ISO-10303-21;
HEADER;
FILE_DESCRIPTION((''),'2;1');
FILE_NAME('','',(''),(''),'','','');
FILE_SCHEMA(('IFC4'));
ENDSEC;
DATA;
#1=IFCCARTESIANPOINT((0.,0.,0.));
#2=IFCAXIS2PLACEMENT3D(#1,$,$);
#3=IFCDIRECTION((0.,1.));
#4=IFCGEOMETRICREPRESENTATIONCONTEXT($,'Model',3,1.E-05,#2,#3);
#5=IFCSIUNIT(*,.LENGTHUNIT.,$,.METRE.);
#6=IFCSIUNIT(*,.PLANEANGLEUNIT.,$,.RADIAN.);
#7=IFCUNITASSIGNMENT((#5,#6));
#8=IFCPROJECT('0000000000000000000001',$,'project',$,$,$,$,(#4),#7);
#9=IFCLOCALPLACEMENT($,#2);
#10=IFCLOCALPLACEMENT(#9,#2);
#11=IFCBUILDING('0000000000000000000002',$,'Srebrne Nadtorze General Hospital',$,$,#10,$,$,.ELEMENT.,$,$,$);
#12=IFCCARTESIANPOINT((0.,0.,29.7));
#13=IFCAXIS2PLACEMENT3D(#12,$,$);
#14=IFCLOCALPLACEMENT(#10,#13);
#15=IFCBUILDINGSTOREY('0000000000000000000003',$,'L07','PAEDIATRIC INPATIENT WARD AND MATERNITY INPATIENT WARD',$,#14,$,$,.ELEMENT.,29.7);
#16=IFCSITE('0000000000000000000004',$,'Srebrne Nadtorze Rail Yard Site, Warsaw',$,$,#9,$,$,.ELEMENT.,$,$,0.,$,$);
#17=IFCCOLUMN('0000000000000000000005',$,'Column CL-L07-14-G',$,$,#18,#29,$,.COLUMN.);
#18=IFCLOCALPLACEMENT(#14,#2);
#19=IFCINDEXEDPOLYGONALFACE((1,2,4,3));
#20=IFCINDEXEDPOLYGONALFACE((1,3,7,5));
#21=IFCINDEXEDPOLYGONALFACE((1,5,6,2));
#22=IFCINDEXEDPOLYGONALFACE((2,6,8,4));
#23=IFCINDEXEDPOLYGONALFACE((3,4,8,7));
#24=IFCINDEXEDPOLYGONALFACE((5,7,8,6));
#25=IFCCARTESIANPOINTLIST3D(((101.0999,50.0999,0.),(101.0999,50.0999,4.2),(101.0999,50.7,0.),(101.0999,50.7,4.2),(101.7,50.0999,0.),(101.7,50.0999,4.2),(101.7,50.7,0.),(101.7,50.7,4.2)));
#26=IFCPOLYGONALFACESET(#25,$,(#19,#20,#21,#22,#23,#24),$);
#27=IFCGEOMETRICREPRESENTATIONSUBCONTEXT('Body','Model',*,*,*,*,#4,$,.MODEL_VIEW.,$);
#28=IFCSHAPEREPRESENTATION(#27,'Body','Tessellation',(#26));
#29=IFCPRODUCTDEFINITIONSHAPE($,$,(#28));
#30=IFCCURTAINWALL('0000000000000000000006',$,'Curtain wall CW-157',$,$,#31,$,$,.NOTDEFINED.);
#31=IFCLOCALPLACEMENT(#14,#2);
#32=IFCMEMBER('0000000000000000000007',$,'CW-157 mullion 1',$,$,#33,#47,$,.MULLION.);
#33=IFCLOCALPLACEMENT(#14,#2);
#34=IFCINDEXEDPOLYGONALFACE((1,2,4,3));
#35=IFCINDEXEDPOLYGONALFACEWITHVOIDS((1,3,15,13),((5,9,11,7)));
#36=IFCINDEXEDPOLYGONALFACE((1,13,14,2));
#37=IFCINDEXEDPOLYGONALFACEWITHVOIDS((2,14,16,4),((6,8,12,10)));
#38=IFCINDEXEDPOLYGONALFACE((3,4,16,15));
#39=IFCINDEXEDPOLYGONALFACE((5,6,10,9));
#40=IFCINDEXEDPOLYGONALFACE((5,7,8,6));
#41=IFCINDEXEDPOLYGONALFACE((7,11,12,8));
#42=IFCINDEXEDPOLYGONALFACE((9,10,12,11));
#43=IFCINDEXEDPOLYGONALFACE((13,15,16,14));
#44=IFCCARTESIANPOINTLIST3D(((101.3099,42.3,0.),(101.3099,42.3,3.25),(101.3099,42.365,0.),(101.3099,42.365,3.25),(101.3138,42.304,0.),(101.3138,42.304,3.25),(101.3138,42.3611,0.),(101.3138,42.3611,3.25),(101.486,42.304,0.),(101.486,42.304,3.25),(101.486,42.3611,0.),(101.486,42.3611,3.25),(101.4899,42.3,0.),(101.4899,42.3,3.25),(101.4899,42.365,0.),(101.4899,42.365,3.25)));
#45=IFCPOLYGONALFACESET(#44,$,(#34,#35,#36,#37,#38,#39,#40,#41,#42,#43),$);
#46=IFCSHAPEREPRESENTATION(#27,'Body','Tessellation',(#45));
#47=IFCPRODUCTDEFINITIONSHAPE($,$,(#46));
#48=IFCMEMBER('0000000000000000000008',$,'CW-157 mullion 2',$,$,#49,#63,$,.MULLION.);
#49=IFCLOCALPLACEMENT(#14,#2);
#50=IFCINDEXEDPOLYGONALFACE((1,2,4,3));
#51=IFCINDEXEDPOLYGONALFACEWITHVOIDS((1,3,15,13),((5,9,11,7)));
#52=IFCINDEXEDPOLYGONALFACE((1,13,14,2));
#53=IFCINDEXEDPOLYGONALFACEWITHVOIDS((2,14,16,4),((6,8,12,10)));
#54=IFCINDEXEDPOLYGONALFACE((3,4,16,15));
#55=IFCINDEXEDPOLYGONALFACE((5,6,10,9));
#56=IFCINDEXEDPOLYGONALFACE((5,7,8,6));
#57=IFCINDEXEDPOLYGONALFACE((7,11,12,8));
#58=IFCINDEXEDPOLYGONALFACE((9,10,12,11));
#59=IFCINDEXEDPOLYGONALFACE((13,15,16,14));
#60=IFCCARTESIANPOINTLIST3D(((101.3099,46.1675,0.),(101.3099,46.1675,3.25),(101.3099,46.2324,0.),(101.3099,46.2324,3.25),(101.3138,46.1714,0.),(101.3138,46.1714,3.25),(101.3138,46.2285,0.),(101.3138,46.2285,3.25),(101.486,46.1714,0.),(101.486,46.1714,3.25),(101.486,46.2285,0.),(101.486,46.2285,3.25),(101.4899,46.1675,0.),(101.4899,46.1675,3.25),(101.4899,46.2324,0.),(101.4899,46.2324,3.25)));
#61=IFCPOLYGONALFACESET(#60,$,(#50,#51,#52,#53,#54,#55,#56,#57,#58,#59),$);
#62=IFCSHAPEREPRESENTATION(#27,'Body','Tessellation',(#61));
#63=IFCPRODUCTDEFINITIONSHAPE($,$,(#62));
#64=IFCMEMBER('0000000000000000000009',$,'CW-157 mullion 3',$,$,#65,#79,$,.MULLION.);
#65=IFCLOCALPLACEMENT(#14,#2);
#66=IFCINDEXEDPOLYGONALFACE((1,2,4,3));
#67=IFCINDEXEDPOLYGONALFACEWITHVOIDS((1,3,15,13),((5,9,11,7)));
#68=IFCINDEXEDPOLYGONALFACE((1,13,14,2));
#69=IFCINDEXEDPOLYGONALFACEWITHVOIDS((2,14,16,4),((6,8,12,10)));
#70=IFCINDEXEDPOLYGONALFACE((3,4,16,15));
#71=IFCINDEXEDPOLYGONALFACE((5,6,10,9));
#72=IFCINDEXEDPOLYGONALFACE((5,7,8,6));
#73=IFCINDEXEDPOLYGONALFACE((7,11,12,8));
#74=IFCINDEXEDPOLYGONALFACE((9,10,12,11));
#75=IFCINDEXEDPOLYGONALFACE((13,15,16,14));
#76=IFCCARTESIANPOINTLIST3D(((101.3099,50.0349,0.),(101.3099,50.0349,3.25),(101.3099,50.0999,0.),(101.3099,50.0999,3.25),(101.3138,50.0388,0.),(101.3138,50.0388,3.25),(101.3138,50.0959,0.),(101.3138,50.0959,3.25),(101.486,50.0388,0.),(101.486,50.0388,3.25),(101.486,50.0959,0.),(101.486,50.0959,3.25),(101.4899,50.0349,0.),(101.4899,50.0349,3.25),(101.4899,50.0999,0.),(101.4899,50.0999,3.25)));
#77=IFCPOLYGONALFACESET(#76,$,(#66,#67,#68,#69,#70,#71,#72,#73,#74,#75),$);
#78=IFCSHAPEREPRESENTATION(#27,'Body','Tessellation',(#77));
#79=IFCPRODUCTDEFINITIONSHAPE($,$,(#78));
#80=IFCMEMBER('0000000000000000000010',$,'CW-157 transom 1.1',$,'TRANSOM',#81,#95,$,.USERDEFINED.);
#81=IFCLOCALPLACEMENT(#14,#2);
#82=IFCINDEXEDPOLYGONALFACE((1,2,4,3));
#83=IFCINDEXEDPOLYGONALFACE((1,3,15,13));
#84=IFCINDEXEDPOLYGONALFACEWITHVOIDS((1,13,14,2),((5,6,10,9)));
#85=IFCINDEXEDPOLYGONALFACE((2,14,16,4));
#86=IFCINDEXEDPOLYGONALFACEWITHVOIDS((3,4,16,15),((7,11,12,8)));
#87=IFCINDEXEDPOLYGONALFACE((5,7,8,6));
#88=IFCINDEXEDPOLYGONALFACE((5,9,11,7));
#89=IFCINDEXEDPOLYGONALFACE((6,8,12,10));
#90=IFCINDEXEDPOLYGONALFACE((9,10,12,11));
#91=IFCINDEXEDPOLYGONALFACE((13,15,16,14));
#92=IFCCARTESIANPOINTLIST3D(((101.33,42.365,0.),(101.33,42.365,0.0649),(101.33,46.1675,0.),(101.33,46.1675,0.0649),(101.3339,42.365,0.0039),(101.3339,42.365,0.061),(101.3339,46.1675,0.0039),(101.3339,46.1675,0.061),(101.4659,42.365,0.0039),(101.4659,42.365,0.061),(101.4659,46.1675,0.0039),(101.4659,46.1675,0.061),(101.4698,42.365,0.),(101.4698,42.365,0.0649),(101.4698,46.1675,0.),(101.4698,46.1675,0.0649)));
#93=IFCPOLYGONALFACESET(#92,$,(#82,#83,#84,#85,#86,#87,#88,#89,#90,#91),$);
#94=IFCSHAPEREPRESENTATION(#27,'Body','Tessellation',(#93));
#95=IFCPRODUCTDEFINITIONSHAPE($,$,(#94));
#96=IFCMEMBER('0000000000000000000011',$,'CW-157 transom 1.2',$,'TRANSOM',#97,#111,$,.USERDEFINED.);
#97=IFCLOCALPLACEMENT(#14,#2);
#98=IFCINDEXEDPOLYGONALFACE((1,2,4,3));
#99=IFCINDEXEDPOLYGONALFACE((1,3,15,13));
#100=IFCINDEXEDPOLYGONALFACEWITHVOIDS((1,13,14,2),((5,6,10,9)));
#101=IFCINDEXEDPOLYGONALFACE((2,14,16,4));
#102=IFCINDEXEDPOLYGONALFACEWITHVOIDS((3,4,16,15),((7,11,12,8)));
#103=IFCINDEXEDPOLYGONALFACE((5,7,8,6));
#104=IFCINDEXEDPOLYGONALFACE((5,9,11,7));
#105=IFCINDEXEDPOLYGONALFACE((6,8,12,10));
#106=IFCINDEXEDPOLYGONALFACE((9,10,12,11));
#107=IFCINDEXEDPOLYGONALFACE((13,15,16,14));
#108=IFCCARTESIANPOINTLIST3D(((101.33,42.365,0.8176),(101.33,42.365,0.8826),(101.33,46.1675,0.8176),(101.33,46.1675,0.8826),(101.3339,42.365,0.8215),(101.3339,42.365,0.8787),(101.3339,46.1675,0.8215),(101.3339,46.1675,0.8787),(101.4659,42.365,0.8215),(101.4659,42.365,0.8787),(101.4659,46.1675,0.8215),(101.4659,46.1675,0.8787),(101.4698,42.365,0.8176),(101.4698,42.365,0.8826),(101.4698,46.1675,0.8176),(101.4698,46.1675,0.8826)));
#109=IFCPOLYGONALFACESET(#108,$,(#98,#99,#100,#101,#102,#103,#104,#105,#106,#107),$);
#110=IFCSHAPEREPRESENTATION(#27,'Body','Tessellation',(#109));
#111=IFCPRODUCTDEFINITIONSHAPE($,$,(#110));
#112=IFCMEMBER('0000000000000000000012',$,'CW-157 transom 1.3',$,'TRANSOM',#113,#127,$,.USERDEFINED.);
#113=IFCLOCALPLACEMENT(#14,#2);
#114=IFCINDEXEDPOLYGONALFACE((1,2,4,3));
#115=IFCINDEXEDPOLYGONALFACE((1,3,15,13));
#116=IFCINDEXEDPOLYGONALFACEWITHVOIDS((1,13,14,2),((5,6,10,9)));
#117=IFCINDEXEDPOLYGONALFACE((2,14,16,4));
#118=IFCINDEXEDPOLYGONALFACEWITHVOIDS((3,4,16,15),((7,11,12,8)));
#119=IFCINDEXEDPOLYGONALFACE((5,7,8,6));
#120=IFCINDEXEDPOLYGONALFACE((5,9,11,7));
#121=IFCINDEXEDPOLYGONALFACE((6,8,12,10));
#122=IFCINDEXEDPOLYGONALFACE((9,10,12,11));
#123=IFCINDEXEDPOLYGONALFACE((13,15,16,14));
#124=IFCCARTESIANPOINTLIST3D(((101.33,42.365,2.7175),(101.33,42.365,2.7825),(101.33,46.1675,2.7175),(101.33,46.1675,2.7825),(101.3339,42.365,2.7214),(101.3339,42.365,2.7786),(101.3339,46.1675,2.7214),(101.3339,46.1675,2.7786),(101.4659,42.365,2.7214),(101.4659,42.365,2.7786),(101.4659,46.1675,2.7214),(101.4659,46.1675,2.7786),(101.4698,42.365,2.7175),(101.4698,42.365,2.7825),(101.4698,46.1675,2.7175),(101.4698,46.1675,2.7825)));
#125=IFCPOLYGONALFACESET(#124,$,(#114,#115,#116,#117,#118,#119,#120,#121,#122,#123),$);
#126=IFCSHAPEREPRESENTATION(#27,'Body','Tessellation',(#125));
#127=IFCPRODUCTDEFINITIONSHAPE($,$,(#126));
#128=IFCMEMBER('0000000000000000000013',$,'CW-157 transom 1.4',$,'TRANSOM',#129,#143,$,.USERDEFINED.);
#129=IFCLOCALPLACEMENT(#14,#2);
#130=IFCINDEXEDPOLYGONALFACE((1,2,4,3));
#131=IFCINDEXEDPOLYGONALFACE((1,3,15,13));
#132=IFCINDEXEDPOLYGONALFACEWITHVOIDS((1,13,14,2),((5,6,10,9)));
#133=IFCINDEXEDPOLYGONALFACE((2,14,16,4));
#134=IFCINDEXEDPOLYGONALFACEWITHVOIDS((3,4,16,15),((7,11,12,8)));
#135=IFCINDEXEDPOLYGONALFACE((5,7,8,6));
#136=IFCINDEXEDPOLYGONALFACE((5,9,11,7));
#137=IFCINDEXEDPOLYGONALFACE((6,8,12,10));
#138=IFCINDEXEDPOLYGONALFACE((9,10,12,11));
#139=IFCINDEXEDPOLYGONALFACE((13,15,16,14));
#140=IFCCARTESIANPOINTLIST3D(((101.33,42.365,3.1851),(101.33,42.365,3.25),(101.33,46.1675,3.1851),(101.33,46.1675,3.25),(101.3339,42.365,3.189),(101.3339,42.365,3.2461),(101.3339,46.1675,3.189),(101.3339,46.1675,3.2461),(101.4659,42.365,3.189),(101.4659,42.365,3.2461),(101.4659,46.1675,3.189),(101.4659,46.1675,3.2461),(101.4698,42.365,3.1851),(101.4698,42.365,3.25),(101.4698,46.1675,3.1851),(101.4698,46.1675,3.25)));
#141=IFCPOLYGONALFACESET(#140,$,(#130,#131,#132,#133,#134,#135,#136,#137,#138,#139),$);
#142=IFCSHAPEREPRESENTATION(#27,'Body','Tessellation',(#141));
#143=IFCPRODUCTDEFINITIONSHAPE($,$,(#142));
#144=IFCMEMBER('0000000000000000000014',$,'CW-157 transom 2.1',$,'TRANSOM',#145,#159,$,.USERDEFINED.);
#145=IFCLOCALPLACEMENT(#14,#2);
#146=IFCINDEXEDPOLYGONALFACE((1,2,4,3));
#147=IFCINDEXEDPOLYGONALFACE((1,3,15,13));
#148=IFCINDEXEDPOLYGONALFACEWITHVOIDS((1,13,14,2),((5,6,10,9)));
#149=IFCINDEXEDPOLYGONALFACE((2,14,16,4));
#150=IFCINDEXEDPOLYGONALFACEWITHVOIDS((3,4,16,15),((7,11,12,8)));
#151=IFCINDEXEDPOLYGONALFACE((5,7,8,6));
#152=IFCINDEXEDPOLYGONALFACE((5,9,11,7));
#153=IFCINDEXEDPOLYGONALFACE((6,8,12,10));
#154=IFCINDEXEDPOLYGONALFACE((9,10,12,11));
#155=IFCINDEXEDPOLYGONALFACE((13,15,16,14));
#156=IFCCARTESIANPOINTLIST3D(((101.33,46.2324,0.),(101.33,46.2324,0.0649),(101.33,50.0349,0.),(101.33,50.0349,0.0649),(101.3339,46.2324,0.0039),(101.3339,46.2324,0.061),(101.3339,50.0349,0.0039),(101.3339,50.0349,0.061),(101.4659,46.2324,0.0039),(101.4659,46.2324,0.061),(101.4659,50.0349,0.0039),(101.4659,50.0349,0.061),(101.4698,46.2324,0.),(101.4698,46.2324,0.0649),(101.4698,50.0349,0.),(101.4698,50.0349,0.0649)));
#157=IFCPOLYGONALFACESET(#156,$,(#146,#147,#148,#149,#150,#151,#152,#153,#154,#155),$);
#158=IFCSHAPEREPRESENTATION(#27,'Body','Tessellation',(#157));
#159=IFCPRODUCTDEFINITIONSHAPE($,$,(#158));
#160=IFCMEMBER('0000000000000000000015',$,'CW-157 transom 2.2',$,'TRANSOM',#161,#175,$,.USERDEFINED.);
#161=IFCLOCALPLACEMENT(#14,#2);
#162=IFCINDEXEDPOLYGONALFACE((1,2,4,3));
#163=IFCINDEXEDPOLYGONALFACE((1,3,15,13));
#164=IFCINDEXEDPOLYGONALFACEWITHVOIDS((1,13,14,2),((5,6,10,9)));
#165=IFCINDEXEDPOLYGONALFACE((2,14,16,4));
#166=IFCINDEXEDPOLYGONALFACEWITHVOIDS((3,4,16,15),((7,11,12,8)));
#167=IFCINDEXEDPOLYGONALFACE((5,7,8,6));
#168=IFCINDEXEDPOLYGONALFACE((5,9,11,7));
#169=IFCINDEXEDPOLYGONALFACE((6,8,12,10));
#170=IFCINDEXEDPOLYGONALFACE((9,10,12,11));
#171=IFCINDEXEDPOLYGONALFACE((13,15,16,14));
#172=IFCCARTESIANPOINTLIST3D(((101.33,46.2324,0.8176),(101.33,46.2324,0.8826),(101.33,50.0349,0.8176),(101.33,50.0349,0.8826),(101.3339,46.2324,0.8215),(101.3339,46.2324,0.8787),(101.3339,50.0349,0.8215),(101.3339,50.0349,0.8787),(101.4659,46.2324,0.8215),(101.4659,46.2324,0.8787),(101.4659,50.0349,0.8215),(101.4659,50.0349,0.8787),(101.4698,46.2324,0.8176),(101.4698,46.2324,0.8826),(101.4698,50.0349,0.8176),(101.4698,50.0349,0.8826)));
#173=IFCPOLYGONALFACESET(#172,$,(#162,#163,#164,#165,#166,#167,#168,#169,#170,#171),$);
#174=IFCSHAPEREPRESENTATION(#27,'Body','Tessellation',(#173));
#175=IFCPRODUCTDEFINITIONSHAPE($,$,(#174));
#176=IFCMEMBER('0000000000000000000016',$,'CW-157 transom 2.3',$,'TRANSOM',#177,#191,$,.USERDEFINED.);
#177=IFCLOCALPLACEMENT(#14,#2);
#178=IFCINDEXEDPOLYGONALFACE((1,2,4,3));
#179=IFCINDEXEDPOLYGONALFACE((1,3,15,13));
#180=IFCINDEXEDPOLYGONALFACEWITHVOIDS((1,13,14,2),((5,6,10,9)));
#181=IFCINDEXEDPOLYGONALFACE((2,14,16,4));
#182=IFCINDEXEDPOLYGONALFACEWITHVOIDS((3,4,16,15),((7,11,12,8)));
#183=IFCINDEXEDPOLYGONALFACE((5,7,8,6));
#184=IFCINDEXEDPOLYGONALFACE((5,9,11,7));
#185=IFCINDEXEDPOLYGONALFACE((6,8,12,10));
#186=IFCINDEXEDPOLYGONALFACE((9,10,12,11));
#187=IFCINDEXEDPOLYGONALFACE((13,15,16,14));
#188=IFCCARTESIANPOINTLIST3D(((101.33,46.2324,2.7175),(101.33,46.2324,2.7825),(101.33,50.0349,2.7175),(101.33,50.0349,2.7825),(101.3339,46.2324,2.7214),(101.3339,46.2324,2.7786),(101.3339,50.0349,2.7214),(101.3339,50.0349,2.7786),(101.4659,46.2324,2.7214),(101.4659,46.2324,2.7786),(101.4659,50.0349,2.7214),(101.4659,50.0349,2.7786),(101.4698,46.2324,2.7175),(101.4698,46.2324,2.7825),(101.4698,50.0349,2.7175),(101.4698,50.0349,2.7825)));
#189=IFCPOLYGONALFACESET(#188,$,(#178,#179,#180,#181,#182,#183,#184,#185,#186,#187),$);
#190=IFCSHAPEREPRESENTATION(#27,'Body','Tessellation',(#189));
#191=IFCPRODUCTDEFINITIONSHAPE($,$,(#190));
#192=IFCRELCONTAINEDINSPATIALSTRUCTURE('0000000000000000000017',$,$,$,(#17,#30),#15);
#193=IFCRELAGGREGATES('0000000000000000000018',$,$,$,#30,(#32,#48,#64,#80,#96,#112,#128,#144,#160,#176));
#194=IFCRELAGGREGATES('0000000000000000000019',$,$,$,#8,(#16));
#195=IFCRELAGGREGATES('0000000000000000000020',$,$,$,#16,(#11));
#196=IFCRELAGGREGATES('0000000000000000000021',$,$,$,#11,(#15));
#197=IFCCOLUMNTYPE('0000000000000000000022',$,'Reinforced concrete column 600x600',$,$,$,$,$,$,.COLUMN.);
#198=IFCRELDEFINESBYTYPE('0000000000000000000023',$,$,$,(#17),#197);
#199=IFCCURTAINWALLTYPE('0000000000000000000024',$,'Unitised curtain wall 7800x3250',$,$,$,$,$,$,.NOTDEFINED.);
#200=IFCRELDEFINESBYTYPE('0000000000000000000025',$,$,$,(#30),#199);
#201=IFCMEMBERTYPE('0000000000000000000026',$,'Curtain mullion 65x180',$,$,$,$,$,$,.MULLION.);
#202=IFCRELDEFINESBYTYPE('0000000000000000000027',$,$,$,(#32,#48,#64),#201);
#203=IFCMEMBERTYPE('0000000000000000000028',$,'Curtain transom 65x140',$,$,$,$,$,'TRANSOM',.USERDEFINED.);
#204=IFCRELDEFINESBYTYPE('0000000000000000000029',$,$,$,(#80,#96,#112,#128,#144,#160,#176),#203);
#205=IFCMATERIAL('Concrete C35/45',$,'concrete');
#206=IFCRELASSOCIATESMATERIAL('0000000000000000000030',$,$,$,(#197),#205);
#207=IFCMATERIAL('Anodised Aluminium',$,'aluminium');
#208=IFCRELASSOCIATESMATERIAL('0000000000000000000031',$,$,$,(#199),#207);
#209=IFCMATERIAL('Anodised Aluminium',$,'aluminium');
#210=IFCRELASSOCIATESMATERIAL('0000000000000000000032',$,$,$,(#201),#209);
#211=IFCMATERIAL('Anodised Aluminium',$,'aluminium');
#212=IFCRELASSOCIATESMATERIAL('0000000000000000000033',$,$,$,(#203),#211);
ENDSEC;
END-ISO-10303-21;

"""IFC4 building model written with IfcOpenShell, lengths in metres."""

from ifc_helpers import new_model, si_unit, direction, frame, origin, origin_2d, place, context, subcontext, project, spatial, rectangle, hollow_rectangle, extrude, material, material_profile, profile_set, type_object, element, aggregate, save


model = new_model("IFC4")

# Units and contexts
model_context = context("Model", 3, precision=1e-05, world=origin(), true_north=direction((0.0, 1.0)))
body_context = subcontext(model_context, "Body", "Model", "MODEL_VIEW")
ifc_project = project(units=[si_unit("LENGTHUNIT", "METRE"), si_unit("PLANEANGLEUNIT", "RADIAN")], contexts=[model_context])

# Site, building, storey
site_placement = place(None, origin())
site = spatial("IfcSite", under=ifc_project, at=site_placement, Name="Srebrne Nadtorze Rail Yard Site, Warsaw", CompositionType="ELEMENT", RefElevation=0.0)
building_placement = place(site_placement, origin())
building = spatial("IfcBuilding", under=site, at=building_placement, Name="Srebrne Nadtorze General Hospital", CompositionType="ELEMENT")
storey_placement = place(building_placement, frame((0.0, 0.0, 29.7)))
storey = spatial("IfcBuildingStorey", under=building, at=storey_placement, Name="L07", Description="PAEDIATRIC INPATIENT WARD AND MATERNITY INPATIENT WARD", CompositionType="ELEMENT", Elevation=29.7)

# Column
ifc_material_1 = material(Name="Concrete C35/45", Category="concrete")
ifc_material_profile_1 = material_profile(ifc_material_1, rectangle(XDim=0.6001, YDim=0.6001, at=origin_2d()), Name="RC-COL-600x600")
ifc_profile_set_1 = profile_set([ifc_material_profile_1], Name="Concrete C35/45")
column_type = type_object("IfcColumnType", Name="Reinforced concrete column 600x600", PredefinedType="COLUMN", material=ifc_profile_set_1)
column_placement = place(storey_placement, frame((101.3999, 50.3999, 0.0), z_axis=(0.0, 0.0, 1.0), x_axis=(1.0, 0.0, 0.0)))
element("IfcColumn", 1, at=column_placement, inside=storey, type_object=column_type, Name="Column CL-L07-14-G", PredefinedType="COLUMN", context=body_context, shape_type="SweptSolid", body=[
    extrude(rectangle(XDim=0.6001, YDim=0.6001, at=origin_2d()), origin(), (0.0, 0.0, 1.0), 4.2),
])

# Curtain wall, members
ifc_material_2 = material(Name="Anodised Aluminium", Category="aluminium")
curtain_wall_type = type_object("IfcCurtainWallType", Name="Unitised curtain wall 7800x3250", PredefinedType="NOTDEFINED", material=ifc_material_2)
curtain_wall_placement = place(storey_placement, origin())
curtain_wall = element("IfcCurtainWall", 2, at=curtain_wall_placement, inside=storey, type_object=curtain_wall_type, Name="Curtain wall CW-157", PredefinedType="NOTDEFINED")
ifc_material_3 = material(Name="Anodised Aluminium", Category="aluminium")
ifc_material_profile_2 = material_profile(ifc_material_3, hollow_rectangle(XDim=0.0649, YDim=0.1799, WallThickness=0.0039, at=origin_2d()), Name="AL-MUL-65x180")
ifc_profile_set_2 = profile_set([ifc_material_profile_2], Name="Anodised Aluminium")
member_type_1 = type_object("IfcMemberType", Name="Curtain mullion 65x180", PredefinedType="MULLION", material=ifc_profile_set_2)
member_1_placement = place(storey_placement, frame((101.3999, 42.3325, 0.0), z_axis=(0.0, 0.0, 1.0), x_axis=(0.0, 1.0, 0.0)))
member_1 = element("IfcMember", 3, at=member_1_placement, type_object=member_type_1, Name="CW-157 mullion 1", PredefinedType="MULLION", context=body_context, shape_type="SweptSolid", body=[
    extrude(hollow_rectangle(XDim=0.0649, YDim=0.1799, WallThickness=0.0039, at=origin_2d()), origin(), (0.0, 0.0, 1.0), 3.25),
])
member_2_placement = place(storey_placement, frame((101.3999, 46.2, 0.0), z_axis=(0.0, 0.0, 1.0), x_axis=(0.0, 1.0, 0.0)))
member_2 = element("IfcMember", 4, at=member_2_placement, type_object=member_type_1, Name="CW-157 mullion 2", PredefinedType="MULLION", context=body_context, shape_type="SweptSolid", body=[
    extrude(hollow_rectangle(XDim=0.0649, YDim=0.1799, WallThickness=0.0039, at=origin_2d()), origin(), (0.0, 0.0, 1.0), 3.25),
])
member_3_placement = place(storey_placement, frame((101.3999, 50.0674, 0.0), z_axis=(0.0, 0.0, 1.0), x_axis=(0.0, 1.0, 0.0)))
member_3 = element("IfcMember", 5, at=member_3_placement, type_object=member_type_1, Name="CW-157 mullion 3", PredefinedType="MULLION", context=body_context, shape_type="SweptSolid", body=[
    extrude(hollow_rectangle(XDim=0.0649, YDim=0.1799, WallThickness=0.0039, at=origin_2d()), origin(), (0.0, 0.0, 1.0), 3.25),
])
ifc_material_4 = material(Name="Anodised Aluminium", Category="aluminium")
ifc_material_profile_3 = material_profile(ifc_material_4, hollow_rectangle(XDim=0.0649, YDim=0.1399, WallThickness=0.0039, at=origin_2d()), Name="AL-TRN-65x140")
ifc_profile_set_3 = profile_set([ifc_material_profile_3], Name="Anodised Aluminium")
member_type_2 = type_object("IfcMemberType", Name="Curtain transom 65x140", ElementType="TRANSOM", PredefinedType="USERDEFINED", material=ifc_profile_set_3)
member_4_placement = place(storey_placement, frame((101.3999, 42.365, 0.0325), z_axis=(0.0, 1.0, 0.0), x_axis=(0.0, 0.0, 1.0)))
member_4 = element("IfcMember", 6, at=member_4_placement, type_object=member_type_2, Name="CW-157 transom 1.1", ObjectType="TRANSOM", PredefinedType="USERDEFINED", context=body_context, shape_type="SweptSolid", body=[
    extrude(hollow_rectangle(XDim=0.0649, YDim=0.1399, WallThickness=0.0039, at=origin_2d()), origin(), (0.0, 0.0, 1.0), 3.8025),
])
member_5_placement = place(storey_placement, frame((101.3999, 42.365, 0.8501), z_axis=(0.0, 1.0, 0.0), x_axis=(0.0, 0.0, 1.0)))
member_5 = element("IfcMember", 7, at=member_5_placement, type_object=member_type_2, Name="CW-157 transom 1.2", ObjectType="TRANSOM", PredefinedType="USERDEFINED", context=body_context, shape_type="SweptSolid", body=[
    extrude(hollow_rectangle(XDim=0.0649, YDim=0.1399, WallThickness=0.0039, at=origin_2d()), origin(), (0.0, 0.0, 1.0), 3.8025),
])
member_6_placement = place(storey_placement, frame((101.3999, 42.365, 2.75), z_axis=(0.0, 1.0, 0.0), x_axis=(0.0, 0.0, 1.0)))
member_6 = element("IfcMember", 8, at=member_6_placement, type_object=member_type_2, Name="CW-157 transom 1.3", ObjectType="TRANSOM", PredefinedType="USERDEFINED", context=body_context, shape_type="SweptSolid", body=[
    extrude(hollow_rectangle(XDim=0.0649, YDim=0.1399, WallThickness=0.0039, at=origin_2d()), origin(), (0.0, 0.0, 1.0), 3.8025),
])
member_7_placement = place(storey_placement, frame((101.3999, 42.365, 3.2175), z_axis=(0.0, 1.0, 0.0), x_axis=(0.0, 0.0, 1.0)))
member_7 = element("IfcMember", 9, at=member_7_placement, type_object=member_type_2, Name="CW-157 transom 1.4", ObjectType="TRANSOM", PredefinedType="USERDEFINED", context=body_context, shape_type="SweptSolid", body=[
    extrude(hollow_rectangle(XDim=0.0649, YDim=0.1399, WallThickness=0.0039, at=origin_2d()), origin(), (0.0, 0.0, 1.0), 3.8025),
])
member_8_placement = place(storey_placement, frame((101.3999, 46.2324, 0.0325), z_axis=(0.0, 1.0, 0.0), x_axis=(0.0, 0.0, 1.0)))
member_8 = element("IfcMember", 10, at=member_8_placement, type_object=member_type_2, Name="CW-157 transom 2.1", ObjectType="TRANSOM", PredefinedType="USERDEFINED", context=body_context, shape_type="SweptSolid", body=[
    extrude(hollow_rectangle(XDim=0.0649, YDim=0.1399, WallThickness=0.0039, at=origin_2d()), origin(), (0.0, 0.0, 1.0), 3.8025),
])
member_9_placement = place(storey_placement, frame((101.3999, 46.2324, 0.8501), z_axis=(0.0, 1.0, 0.0), x_axis=(0.0, 0.0, 1.0)))
member_9 = element("IfcMember", 11, at=member_9_placement, type_object=member_type_2, Name="CW-157 transom 2.2", ObjectType="TRANSOM", PredefinedType="USERDEFINED", context=body_context, shape_type="SweptSolid", body=[
    extrude(hollow_rectangle(XDim=0.0649, YDim=0.1399, WallThickness=0.0039, at=origin_2d()), origin(), (0.0, 0.0, 1.0), 3.8025),
])
member_10_placement = place(storey_placement, frame((101.3999, 46.2324, 2.75), z_axis=(0.0, 1.0, 0.0), x_axis=(0.0, 0.0, 1.0)))
member_10 = element("IfcMember", 12, at=member_10_placement, type_object=member_type_2, Name="CW-157 transom 2.3", ObjectType="TRANSOM", PredefinedType="USERDEFINED", context=body_context, shape_type="SweptSolid", body=[
    extrude(hollow_rectangle(XDim=0.0649, YDim=0.1399, WallThickness=0.0039, at=origin_2d()), origin(), (0.0, 0.0, 1.0), 3.8025),
])

aggregate(curtain_wall, [member_1, member_2, member_3, member_4, member_5, member_6, member_7, member_8, member_9, member_10])

save(model, "model.ifc")
